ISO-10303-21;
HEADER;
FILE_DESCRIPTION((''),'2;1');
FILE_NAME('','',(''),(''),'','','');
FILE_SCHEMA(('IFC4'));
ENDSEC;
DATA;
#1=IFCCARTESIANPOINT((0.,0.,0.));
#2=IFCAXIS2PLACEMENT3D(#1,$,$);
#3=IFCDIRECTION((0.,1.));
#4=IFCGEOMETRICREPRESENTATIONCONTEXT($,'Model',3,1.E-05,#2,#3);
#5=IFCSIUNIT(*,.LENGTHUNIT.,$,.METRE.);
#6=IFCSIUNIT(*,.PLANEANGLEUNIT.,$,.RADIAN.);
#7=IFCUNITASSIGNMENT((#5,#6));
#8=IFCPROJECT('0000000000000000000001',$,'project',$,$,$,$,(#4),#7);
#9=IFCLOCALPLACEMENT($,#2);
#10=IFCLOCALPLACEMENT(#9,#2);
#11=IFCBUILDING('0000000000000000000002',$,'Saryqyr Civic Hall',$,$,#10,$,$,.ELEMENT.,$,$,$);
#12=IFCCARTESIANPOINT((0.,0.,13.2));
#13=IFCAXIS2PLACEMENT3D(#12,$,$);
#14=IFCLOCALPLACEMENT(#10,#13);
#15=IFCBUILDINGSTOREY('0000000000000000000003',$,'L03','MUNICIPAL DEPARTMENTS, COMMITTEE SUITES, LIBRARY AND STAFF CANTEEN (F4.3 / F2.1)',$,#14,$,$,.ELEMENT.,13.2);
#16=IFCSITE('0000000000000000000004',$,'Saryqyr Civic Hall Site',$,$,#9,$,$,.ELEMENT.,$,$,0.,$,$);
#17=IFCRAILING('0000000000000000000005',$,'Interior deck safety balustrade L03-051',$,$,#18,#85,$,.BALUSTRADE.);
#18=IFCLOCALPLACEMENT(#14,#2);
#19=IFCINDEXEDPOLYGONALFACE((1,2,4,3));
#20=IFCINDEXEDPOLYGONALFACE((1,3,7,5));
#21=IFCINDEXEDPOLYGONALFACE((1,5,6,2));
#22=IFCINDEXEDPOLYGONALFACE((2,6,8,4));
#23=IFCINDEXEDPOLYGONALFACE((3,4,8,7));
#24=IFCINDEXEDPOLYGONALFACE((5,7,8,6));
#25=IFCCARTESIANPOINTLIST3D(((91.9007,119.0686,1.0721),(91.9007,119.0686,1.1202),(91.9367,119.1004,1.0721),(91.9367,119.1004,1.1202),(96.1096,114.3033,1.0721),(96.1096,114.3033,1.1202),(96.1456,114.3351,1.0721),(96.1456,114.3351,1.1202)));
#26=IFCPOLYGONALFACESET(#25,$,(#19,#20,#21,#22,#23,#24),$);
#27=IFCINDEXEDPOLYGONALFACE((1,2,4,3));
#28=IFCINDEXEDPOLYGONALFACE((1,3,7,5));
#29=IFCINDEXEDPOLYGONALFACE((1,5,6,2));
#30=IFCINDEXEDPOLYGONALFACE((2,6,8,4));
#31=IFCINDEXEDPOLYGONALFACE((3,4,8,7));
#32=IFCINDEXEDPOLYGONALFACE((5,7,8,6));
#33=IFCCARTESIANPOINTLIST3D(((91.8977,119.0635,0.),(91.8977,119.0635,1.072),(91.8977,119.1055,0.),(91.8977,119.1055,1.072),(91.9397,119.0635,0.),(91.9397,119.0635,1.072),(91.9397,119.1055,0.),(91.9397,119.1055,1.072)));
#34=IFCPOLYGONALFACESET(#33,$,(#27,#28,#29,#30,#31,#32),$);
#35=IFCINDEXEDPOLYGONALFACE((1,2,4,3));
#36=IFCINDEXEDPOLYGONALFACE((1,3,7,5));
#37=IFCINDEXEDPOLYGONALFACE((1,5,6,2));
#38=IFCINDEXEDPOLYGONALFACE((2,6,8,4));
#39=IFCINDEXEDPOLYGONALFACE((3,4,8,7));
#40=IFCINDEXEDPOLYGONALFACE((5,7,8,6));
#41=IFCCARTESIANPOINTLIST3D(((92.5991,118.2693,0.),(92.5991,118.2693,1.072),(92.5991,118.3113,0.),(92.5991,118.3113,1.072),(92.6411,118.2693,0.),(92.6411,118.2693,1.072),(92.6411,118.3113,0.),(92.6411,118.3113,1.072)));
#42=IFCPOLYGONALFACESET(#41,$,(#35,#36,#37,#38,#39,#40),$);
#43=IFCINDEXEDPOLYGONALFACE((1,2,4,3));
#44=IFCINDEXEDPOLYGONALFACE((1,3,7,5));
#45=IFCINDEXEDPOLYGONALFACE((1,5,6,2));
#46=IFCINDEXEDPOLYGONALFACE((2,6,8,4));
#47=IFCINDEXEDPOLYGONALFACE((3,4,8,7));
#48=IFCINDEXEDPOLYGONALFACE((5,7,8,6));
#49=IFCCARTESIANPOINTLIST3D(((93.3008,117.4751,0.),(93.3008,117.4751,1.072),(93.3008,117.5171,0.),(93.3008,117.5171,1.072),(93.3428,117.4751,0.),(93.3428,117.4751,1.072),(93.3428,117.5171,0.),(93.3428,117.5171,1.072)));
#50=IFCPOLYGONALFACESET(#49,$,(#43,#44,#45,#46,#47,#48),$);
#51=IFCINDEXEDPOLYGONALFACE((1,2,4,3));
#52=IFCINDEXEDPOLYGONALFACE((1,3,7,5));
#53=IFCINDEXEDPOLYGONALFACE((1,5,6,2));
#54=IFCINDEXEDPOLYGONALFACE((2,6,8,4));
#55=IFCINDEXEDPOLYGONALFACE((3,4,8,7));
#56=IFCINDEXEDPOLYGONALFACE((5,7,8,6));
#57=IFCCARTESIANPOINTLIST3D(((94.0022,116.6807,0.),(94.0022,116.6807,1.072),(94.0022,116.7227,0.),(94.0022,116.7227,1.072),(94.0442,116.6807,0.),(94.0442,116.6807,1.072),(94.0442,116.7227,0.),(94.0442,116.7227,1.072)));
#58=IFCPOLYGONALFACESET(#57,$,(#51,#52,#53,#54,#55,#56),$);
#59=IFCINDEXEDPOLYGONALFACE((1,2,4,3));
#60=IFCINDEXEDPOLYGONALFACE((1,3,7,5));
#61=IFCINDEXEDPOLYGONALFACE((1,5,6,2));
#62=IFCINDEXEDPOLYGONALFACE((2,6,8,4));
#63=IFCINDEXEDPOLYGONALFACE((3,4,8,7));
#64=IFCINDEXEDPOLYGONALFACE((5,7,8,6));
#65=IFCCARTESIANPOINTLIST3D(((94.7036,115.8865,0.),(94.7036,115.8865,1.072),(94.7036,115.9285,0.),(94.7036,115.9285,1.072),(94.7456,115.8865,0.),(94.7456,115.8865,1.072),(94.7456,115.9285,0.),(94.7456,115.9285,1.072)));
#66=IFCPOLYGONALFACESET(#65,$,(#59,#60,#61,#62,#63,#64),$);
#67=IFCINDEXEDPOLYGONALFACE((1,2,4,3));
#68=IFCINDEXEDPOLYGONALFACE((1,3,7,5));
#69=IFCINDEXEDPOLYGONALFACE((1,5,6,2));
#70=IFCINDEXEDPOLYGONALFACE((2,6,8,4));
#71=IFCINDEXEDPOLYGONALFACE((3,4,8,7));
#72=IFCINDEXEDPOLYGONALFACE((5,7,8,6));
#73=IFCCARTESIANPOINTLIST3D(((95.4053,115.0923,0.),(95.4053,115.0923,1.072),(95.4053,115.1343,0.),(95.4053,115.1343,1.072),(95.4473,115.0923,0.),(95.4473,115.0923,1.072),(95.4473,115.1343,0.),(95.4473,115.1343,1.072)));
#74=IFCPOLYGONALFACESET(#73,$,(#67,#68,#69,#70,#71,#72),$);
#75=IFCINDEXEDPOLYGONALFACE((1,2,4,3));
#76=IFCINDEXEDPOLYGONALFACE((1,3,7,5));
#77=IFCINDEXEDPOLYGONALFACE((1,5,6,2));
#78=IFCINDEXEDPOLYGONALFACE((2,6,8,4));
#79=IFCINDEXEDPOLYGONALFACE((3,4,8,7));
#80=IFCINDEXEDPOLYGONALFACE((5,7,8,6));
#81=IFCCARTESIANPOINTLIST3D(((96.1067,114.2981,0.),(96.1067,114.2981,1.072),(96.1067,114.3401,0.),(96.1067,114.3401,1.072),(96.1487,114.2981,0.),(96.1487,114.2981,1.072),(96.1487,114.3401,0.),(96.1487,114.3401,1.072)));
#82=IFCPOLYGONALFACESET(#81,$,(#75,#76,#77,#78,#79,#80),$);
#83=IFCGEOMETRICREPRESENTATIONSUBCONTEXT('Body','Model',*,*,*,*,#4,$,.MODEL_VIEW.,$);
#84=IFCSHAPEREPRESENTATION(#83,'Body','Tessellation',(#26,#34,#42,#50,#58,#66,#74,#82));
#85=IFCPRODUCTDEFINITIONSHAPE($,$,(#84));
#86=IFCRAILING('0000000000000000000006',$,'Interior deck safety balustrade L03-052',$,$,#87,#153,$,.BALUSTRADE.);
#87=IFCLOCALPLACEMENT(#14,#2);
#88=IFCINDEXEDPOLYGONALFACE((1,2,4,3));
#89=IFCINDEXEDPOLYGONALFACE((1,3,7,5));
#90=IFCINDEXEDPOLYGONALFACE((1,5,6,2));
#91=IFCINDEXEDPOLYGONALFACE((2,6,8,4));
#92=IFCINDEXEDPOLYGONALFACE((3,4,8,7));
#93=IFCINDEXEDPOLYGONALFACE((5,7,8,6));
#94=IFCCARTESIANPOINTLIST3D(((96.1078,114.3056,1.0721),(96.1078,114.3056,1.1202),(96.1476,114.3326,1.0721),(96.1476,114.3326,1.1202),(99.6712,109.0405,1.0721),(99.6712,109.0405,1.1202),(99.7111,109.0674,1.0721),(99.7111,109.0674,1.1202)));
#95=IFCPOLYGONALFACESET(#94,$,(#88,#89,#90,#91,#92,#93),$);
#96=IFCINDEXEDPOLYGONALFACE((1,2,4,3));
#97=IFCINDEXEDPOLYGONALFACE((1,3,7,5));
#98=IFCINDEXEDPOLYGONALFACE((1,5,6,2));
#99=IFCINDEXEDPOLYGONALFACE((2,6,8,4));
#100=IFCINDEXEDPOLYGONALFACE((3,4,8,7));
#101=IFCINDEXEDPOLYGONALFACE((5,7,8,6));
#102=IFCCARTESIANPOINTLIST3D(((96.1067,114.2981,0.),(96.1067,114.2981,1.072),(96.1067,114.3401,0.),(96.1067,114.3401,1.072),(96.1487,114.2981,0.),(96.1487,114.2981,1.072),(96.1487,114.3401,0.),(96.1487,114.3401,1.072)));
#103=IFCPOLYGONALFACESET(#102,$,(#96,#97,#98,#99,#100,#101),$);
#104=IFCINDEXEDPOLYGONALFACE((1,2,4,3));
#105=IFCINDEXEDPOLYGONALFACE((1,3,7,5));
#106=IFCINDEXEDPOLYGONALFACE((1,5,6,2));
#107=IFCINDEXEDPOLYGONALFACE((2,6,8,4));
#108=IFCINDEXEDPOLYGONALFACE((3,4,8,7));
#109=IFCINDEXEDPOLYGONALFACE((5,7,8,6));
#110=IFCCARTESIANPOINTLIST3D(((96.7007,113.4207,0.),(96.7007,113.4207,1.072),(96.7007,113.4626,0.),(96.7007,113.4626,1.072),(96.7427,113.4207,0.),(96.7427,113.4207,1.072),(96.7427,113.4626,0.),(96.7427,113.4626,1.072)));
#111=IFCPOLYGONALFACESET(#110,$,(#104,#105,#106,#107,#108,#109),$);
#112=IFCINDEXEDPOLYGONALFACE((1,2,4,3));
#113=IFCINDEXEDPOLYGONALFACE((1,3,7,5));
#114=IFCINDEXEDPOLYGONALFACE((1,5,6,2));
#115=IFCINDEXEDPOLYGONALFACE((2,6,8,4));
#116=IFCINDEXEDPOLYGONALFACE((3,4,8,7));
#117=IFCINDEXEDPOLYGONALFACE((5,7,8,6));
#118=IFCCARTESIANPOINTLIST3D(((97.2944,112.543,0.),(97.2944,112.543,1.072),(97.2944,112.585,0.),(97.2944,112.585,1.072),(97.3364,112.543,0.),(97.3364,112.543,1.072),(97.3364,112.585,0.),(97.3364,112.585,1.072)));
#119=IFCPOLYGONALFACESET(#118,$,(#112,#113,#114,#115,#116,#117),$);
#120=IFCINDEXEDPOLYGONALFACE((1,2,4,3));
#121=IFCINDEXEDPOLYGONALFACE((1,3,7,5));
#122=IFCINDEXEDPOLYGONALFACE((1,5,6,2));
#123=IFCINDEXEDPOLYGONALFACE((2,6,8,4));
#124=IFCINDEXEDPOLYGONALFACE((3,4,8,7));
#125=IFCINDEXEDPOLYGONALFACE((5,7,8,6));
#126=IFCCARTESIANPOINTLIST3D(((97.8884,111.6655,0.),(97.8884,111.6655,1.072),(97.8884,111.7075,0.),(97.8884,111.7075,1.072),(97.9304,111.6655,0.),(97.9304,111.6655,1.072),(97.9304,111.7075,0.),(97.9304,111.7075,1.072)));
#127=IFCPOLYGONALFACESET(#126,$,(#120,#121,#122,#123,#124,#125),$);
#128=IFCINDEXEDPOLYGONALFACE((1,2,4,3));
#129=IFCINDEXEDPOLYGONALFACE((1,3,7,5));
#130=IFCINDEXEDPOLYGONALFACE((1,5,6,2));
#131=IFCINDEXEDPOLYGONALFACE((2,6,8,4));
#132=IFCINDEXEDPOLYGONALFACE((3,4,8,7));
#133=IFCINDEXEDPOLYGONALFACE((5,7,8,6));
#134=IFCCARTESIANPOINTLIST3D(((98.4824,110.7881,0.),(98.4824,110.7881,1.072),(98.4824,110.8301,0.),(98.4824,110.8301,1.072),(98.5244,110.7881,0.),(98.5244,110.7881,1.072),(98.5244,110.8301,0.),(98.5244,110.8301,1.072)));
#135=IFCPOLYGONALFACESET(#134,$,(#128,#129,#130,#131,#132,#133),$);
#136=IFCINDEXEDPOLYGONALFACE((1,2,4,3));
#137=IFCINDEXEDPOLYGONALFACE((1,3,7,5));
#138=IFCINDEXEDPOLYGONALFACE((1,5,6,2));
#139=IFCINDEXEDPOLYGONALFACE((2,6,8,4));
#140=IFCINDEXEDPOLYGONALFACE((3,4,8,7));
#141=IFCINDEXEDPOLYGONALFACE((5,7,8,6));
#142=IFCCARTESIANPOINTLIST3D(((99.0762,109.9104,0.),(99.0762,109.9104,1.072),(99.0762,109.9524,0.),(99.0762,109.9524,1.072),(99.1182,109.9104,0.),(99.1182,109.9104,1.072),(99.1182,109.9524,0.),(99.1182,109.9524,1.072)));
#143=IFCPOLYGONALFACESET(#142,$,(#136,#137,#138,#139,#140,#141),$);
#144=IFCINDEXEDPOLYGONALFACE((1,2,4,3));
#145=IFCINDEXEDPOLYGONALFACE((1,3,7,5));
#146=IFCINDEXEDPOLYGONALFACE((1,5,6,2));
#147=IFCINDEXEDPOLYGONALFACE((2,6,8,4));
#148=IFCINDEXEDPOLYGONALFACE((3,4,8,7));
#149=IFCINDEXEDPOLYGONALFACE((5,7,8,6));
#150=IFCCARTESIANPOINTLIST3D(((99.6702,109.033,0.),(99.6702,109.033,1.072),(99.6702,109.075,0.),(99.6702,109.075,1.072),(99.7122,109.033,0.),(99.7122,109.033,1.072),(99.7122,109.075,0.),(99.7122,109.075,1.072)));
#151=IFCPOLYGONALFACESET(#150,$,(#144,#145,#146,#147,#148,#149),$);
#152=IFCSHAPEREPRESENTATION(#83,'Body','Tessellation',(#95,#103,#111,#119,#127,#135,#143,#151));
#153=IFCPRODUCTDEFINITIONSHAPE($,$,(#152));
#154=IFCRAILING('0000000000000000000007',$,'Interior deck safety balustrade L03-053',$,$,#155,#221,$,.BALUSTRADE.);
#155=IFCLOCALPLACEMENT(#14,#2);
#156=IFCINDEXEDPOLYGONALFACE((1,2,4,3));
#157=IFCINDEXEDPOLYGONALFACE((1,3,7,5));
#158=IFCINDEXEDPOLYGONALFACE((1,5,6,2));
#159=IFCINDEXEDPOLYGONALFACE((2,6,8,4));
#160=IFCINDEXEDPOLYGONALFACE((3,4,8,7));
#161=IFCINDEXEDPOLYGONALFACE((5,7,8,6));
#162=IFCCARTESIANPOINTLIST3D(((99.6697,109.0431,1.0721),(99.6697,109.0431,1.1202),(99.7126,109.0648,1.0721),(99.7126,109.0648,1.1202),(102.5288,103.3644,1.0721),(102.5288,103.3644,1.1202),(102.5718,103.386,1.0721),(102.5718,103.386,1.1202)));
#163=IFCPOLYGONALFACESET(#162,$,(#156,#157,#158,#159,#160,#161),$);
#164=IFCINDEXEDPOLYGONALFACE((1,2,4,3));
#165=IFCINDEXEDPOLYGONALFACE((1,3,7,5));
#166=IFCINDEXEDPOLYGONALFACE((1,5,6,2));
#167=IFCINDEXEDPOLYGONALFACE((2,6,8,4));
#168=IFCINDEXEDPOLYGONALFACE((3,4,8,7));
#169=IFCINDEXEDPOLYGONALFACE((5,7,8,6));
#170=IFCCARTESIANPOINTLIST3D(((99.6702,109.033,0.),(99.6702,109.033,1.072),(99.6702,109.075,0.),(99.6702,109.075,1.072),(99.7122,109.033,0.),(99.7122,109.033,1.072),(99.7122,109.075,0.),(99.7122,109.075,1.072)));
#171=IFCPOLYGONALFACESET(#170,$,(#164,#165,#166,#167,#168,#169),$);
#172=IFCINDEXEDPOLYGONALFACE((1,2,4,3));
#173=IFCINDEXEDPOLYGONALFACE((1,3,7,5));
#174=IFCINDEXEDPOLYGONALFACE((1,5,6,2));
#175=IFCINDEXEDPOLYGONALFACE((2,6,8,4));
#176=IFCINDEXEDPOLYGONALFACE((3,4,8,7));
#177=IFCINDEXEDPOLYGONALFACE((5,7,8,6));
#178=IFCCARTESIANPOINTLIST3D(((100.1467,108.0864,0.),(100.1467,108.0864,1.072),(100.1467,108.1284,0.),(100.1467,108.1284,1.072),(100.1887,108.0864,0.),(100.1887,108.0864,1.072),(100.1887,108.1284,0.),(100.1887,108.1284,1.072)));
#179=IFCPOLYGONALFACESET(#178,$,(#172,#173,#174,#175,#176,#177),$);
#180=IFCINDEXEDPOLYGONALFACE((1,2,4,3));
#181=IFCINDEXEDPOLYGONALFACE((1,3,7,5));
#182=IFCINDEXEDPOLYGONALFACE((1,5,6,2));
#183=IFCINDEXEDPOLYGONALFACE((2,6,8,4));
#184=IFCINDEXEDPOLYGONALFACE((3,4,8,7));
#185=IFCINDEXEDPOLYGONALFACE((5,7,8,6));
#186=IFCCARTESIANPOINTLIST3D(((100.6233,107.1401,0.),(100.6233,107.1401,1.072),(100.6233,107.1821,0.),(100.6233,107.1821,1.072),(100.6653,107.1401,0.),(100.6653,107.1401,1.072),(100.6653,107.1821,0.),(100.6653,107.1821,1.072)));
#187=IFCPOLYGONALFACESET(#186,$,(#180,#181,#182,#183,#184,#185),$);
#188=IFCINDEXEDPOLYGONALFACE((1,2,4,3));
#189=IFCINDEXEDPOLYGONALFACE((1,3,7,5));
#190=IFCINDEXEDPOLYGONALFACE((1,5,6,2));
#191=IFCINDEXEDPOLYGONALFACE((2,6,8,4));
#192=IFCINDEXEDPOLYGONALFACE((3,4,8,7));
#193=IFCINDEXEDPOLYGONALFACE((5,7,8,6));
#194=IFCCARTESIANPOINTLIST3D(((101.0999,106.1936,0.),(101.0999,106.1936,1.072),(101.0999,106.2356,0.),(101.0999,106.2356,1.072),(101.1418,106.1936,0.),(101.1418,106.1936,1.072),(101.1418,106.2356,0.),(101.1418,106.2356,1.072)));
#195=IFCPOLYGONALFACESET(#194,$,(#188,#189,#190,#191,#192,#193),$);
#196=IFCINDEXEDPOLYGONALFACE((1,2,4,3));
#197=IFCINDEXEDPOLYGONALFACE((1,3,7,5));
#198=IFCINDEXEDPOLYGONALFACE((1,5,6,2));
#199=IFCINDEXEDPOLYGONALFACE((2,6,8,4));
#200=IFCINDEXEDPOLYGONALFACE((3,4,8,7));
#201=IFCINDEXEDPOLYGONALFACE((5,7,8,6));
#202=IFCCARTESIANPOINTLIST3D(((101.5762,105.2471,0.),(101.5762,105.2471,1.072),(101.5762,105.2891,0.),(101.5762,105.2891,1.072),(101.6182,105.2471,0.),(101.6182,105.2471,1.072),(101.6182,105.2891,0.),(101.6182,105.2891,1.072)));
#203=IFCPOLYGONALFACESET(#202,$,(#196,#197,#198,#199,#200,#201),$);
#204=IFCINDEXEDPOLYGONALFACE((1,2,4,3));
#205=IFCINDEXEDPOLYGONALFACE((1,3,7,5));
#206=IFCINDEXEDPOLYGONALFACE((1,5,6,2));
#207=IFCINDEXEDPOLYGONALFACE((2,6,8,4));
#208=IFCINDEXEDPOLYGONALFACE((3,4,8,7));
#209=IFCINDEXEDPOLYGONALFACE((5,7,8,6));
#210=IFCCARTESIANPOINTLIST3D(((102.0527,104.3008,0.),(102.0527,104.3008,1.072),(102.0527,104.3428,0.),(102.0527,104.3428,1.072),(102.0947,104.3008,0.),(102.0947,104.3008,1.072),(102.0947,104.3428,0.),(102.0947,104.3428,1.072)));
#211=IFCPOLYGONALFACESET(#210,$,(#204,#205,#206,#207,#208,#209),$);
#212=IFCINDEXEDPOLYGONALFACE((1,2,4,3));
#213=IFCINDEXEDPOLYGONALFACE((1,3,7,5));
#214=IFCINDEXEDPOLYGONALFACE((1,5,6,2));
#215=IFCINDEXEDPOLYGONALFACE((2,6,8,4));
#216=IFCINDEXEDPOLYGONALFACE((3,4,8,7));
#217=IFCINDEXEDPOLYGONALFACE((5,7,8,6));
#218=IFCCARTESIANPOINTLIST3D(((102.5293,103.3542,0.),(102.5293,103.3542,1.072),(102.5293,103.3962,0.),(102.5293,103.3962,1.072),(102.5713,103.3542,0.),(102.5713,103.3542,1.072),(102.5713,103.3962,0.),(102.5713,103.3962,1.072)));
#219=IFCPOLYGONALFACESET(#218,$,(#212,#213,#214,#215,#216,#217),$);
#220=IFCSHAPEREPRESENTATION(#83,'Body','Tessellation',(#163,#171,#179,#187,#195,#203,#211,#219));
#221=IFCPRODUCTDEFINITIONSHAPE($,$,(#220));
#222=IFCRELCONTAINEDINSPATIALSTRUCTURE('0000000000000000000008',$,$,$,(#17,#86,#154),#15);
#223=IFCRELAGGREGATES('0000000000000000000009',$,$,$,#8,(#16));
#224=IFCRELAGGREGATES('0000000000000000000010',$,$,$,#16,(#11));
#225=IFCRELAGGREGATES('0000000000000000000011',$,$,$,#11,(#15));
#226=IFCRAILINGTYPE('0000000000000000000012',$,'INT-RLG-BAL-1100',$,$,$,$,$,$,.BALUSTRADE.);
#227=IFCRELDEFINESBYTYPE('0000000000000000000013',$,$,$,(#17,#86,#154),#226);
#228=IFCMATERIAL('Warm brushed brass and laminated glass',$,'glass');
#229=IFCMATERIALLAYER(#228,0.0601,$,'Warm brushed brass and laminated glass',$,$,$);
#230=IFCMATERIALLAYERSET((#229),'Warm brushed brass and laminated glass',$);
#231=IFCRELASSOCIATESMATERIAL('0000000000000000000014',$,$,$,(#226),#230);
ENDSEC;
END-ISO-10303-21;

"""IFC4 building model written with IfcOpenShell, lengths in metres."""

from ifc_helpers import new_model, si_unit, direction, frame, origin, origin_2d, place, context, subcontext, project, spatial, rectangle, extrude, material, layer, layer_set, type_object, element, save


model = new_model("IFC4")

# Units and contexts
model_context = context("Model", 3, precision=1e-05, world=origin(), true_north=direction((0.0, 1.0)))
body_context = subcontext(model_context, "Body", "Model", "MODEL_VIEW")
ifc_project = project(units=[si_unit("LENGTHUNIT", "METRE"), si_unit("PLANEANGLEUNIT", "RADIAN")], contexts=[model_context])

# Site, building, storey
site_placement = place(None, origin())
site = spatial("IfcSite", under=ifc_project, at=site_placement, Name="Saryqyr Civic Hall Site", CompositionType="ELEMENT", RefElevation=0.0)
building_placement = place(site_placement, origin())
building = spatial("IfcBuilding", under=site, at=building_placement, Name="Saryqyr Civic Hall", CompositionType="ELEMENT")
storey_placement = place(building_placement, frame((0.0, 0.0, 13.2)))
storey = spatial("IfcBuildingStorey", under=building, at=storey_placement, Name="L03", Description="MUNICIPAL DEPARTMENTS, COMMITTEE SUITES, LIBRARY AND STAFF CANTEEN (F4.3 / F2.1)", CompositionType="ELEMENT", Elevation=13.2)

# Railings
ifc_material_1 = material(Name="Warm brushed brass and laminated glass", Category="glass")
ifc_layer_1 = layer(ifc_material_1, 0.0601, Name="Warm brushed brass and laminated glass")
ifc_layer_set_1 = layer_set([ifc_layer_1], Name="Warm brushed brass and laminated glass")
railing_type = type_object("IfcRailingType", Name="INT-RLG-BAL-1100", PredefinedType="BALUSTRADE", material=ifc_layer_set_1)
railing_1_placement = place(storey_placement, frame((91.9187, 119.0845, 0.0)))
element("IfcRailing", 1, at=railing_1_placement, inside=storey, type_object=railing_type, Name="Interior deck safety balustrade L03-051", PredefinedType="BALUSTRADE", context=body_context, shape_type="SweptSolid", body=[
    extrude(rectangle(XDim=0.0481, YDim=0.0481, at=origin_2d()), frame((0.0, 0.0, 1.0962), z_axis=(0.661996, -0.749507, 0.0), x_axis=(0.749507, 0.661996, 0.0)), (0.0, 0.0, 1.0), 6.3579),
    extrude(rectangle(XDim=0.042, YDim=0.042, at=origin_2d()), origin(), (0.0, 0.0, 1.0), 1.072),
    extrude(rectangle(XDim=0.042, YDim=0.042, at=origin_2d()), frame((0.7014, -0.7942, 0.0)), (0.0, 0.0, 1.0), 1.072),
    extrude(rectangle(XDim=0.042, YDim=0.042, at=origin_2d()), frame((1.4031, -1.5884, 0.0)), (0.0, 0.0, 1.0), 1.072),
    extrude(rectangle(XDim=0.042, YDim=0.042, at=origin_2d()), frame((2.1045, -2.3828, 0.0)), (0.0, 0.0, 1.0), 1.072),
    extrude(rectangle(XDim=0.042, YDim=0.042, at=origin_2d()), frame((2.8059, -3.177, 0.0)), (0.0, 0.0, 1.0), 1.072),
    extrude(rectangle(XDim=0.042, YDim=0.042, at=origin_2d()), frame((3.5076, -3.9712, 0.0)), (0.0, 0.0, 1.0), 1.072),
    extrude(rectangle(XDim=0.042, YDim=0.042, at=origin_2d()), frame((4.209, -4.7654, 0.0)), (0.0, 0.0, 1.0), 1.072),
])
railing_2_placement = place(storey_placement, frame((96.1277, 114.3191, 0.0)))
element("IfcRailing", 2, at=railing_2_placement, inside=storey, type_object=railing_type, Name="Interior deck safety balustrade L03-052", PredefinedType="BALUSTRADE", context=body_context, shape_type="SweptSolid", body=[
    extrude(rectangle(XDim=0.0481, YDim=0.0481, at=origin_2d()), frame((0.0, 0.0, 1.0962), z_axis=(0.5605, -0.828154, 0.0), x_axis=(0.828154, 0.5605, 0.0)), (0.0, 0.0, 1.0), 6.3577),
    extrude(rectangle(XDim=0.042, YDim=0.042, at=origin_2d()), origin(), (0.0, 0.0, 1.0), 1.072),
    extrude(rectangle(XDim=0.042, YDim=0.042, at=origin_2d()), frame((0.594, -0.8774, 0.0)), (0.0, 0.0, 1.0), 1.072),
    extrude(rectangle(XDim=0.042, YDim=0.042, at=origin_2d()), frame((1.1877, -1.7551, 0.0)), (0.0, 0.0, 1.0), 1.072),
    extrude(rectangle(XDim=0.042, YDim=0.042, at=origin_2d()), frame((1.7817, -2.6326, 0.0)), (0.0, 0.0, 1.0), 1.072),
    extrude(rectangle(XDim=0.042, YDim=0.042, at=origin_2d()), frame((2.3757, -3.51, 0.0)), (0.0, 0.0, 1.0), 1.072),
    extrude(rectangle(XDim=0.042, YDim=0.042, at=origin_2d()), frame((2.9695, -4.3877, 0.0)), (0.0, 0.0, 1.0), 1.072),
    extrude(rectangle(XDim=0.042, YDim=0.042, at=origin_2d()), frame((3.5635, -5.2651, 0.0)), (0.0, 0.0, 1.0), 1.072),
])
railing_3_placement = place(storey_placement, frame((99.6912, 109.054, 0.0)))
element("IfcRailing", 3, at=railing_3_placement, inside=storey, type_object=railing_type, Name="Interior deck safety balustrade L03-053", PredefinedType="BALUSTRADE", context=body_context, shape_type="SweptSolid", body=[
    extrude(rectangle(XDim=0.0481, YDim=0.0481, at=origin_2d()), frame((0.0, 0.0, 1.0962), z_axis=(0.4497, -0.89318, 0.0), x_axis=(0.89318, 0.4497, 0.0)), (0.0, 0.0, 1.0), 6.3579),
    extrude(rectangle(XDim=0.042, YDim=0.042, at=origin_2d()), origin(), (0.0, 0.0, 1.0), 1.072),
    extrude(rectangle(XDim=0.042, YDim=0.042, at=origin_2d()), frame((0.4766, -0.9465, 0.0)), (0.0, 0.0, 1.0), 1.072),
    extrude(rectangle(XDim=0.042, YDim=0.042, at=origin_2d()), frame((0.9531, -1.8928, 0.0)), (0.0, 0.0, 1.0), 1.072),
    extrude(rectangle(XDim=0.042, YDim=0.042, at=origin_2d()), frame((1.4297, -2.8394, 0.0)), (0.0, 0.0, 1.0), 1.072),
    extrude(rectangle(XDim=0.042, YDim=0.042, at=origin_2d()), frame((1.906, -3.7859, 0.0)), (0.0, 0.0, 1.0), 1.072),
    extrude(rectangle(XDim=0.042, YDim=0.042, at=origin_2d()), frame((2.3826, -4.7322, 0.0)), (0.0, 0.0, 1.0), 1.072),
    extrude(rectangle(XDim=0.042, YDim=0.042, at=origin_2d()), frame((2.8591, -5.6787, 0.0)), (0.0, 0.0, 1.0), 1.072),
])

save(model, "model.ifc")
